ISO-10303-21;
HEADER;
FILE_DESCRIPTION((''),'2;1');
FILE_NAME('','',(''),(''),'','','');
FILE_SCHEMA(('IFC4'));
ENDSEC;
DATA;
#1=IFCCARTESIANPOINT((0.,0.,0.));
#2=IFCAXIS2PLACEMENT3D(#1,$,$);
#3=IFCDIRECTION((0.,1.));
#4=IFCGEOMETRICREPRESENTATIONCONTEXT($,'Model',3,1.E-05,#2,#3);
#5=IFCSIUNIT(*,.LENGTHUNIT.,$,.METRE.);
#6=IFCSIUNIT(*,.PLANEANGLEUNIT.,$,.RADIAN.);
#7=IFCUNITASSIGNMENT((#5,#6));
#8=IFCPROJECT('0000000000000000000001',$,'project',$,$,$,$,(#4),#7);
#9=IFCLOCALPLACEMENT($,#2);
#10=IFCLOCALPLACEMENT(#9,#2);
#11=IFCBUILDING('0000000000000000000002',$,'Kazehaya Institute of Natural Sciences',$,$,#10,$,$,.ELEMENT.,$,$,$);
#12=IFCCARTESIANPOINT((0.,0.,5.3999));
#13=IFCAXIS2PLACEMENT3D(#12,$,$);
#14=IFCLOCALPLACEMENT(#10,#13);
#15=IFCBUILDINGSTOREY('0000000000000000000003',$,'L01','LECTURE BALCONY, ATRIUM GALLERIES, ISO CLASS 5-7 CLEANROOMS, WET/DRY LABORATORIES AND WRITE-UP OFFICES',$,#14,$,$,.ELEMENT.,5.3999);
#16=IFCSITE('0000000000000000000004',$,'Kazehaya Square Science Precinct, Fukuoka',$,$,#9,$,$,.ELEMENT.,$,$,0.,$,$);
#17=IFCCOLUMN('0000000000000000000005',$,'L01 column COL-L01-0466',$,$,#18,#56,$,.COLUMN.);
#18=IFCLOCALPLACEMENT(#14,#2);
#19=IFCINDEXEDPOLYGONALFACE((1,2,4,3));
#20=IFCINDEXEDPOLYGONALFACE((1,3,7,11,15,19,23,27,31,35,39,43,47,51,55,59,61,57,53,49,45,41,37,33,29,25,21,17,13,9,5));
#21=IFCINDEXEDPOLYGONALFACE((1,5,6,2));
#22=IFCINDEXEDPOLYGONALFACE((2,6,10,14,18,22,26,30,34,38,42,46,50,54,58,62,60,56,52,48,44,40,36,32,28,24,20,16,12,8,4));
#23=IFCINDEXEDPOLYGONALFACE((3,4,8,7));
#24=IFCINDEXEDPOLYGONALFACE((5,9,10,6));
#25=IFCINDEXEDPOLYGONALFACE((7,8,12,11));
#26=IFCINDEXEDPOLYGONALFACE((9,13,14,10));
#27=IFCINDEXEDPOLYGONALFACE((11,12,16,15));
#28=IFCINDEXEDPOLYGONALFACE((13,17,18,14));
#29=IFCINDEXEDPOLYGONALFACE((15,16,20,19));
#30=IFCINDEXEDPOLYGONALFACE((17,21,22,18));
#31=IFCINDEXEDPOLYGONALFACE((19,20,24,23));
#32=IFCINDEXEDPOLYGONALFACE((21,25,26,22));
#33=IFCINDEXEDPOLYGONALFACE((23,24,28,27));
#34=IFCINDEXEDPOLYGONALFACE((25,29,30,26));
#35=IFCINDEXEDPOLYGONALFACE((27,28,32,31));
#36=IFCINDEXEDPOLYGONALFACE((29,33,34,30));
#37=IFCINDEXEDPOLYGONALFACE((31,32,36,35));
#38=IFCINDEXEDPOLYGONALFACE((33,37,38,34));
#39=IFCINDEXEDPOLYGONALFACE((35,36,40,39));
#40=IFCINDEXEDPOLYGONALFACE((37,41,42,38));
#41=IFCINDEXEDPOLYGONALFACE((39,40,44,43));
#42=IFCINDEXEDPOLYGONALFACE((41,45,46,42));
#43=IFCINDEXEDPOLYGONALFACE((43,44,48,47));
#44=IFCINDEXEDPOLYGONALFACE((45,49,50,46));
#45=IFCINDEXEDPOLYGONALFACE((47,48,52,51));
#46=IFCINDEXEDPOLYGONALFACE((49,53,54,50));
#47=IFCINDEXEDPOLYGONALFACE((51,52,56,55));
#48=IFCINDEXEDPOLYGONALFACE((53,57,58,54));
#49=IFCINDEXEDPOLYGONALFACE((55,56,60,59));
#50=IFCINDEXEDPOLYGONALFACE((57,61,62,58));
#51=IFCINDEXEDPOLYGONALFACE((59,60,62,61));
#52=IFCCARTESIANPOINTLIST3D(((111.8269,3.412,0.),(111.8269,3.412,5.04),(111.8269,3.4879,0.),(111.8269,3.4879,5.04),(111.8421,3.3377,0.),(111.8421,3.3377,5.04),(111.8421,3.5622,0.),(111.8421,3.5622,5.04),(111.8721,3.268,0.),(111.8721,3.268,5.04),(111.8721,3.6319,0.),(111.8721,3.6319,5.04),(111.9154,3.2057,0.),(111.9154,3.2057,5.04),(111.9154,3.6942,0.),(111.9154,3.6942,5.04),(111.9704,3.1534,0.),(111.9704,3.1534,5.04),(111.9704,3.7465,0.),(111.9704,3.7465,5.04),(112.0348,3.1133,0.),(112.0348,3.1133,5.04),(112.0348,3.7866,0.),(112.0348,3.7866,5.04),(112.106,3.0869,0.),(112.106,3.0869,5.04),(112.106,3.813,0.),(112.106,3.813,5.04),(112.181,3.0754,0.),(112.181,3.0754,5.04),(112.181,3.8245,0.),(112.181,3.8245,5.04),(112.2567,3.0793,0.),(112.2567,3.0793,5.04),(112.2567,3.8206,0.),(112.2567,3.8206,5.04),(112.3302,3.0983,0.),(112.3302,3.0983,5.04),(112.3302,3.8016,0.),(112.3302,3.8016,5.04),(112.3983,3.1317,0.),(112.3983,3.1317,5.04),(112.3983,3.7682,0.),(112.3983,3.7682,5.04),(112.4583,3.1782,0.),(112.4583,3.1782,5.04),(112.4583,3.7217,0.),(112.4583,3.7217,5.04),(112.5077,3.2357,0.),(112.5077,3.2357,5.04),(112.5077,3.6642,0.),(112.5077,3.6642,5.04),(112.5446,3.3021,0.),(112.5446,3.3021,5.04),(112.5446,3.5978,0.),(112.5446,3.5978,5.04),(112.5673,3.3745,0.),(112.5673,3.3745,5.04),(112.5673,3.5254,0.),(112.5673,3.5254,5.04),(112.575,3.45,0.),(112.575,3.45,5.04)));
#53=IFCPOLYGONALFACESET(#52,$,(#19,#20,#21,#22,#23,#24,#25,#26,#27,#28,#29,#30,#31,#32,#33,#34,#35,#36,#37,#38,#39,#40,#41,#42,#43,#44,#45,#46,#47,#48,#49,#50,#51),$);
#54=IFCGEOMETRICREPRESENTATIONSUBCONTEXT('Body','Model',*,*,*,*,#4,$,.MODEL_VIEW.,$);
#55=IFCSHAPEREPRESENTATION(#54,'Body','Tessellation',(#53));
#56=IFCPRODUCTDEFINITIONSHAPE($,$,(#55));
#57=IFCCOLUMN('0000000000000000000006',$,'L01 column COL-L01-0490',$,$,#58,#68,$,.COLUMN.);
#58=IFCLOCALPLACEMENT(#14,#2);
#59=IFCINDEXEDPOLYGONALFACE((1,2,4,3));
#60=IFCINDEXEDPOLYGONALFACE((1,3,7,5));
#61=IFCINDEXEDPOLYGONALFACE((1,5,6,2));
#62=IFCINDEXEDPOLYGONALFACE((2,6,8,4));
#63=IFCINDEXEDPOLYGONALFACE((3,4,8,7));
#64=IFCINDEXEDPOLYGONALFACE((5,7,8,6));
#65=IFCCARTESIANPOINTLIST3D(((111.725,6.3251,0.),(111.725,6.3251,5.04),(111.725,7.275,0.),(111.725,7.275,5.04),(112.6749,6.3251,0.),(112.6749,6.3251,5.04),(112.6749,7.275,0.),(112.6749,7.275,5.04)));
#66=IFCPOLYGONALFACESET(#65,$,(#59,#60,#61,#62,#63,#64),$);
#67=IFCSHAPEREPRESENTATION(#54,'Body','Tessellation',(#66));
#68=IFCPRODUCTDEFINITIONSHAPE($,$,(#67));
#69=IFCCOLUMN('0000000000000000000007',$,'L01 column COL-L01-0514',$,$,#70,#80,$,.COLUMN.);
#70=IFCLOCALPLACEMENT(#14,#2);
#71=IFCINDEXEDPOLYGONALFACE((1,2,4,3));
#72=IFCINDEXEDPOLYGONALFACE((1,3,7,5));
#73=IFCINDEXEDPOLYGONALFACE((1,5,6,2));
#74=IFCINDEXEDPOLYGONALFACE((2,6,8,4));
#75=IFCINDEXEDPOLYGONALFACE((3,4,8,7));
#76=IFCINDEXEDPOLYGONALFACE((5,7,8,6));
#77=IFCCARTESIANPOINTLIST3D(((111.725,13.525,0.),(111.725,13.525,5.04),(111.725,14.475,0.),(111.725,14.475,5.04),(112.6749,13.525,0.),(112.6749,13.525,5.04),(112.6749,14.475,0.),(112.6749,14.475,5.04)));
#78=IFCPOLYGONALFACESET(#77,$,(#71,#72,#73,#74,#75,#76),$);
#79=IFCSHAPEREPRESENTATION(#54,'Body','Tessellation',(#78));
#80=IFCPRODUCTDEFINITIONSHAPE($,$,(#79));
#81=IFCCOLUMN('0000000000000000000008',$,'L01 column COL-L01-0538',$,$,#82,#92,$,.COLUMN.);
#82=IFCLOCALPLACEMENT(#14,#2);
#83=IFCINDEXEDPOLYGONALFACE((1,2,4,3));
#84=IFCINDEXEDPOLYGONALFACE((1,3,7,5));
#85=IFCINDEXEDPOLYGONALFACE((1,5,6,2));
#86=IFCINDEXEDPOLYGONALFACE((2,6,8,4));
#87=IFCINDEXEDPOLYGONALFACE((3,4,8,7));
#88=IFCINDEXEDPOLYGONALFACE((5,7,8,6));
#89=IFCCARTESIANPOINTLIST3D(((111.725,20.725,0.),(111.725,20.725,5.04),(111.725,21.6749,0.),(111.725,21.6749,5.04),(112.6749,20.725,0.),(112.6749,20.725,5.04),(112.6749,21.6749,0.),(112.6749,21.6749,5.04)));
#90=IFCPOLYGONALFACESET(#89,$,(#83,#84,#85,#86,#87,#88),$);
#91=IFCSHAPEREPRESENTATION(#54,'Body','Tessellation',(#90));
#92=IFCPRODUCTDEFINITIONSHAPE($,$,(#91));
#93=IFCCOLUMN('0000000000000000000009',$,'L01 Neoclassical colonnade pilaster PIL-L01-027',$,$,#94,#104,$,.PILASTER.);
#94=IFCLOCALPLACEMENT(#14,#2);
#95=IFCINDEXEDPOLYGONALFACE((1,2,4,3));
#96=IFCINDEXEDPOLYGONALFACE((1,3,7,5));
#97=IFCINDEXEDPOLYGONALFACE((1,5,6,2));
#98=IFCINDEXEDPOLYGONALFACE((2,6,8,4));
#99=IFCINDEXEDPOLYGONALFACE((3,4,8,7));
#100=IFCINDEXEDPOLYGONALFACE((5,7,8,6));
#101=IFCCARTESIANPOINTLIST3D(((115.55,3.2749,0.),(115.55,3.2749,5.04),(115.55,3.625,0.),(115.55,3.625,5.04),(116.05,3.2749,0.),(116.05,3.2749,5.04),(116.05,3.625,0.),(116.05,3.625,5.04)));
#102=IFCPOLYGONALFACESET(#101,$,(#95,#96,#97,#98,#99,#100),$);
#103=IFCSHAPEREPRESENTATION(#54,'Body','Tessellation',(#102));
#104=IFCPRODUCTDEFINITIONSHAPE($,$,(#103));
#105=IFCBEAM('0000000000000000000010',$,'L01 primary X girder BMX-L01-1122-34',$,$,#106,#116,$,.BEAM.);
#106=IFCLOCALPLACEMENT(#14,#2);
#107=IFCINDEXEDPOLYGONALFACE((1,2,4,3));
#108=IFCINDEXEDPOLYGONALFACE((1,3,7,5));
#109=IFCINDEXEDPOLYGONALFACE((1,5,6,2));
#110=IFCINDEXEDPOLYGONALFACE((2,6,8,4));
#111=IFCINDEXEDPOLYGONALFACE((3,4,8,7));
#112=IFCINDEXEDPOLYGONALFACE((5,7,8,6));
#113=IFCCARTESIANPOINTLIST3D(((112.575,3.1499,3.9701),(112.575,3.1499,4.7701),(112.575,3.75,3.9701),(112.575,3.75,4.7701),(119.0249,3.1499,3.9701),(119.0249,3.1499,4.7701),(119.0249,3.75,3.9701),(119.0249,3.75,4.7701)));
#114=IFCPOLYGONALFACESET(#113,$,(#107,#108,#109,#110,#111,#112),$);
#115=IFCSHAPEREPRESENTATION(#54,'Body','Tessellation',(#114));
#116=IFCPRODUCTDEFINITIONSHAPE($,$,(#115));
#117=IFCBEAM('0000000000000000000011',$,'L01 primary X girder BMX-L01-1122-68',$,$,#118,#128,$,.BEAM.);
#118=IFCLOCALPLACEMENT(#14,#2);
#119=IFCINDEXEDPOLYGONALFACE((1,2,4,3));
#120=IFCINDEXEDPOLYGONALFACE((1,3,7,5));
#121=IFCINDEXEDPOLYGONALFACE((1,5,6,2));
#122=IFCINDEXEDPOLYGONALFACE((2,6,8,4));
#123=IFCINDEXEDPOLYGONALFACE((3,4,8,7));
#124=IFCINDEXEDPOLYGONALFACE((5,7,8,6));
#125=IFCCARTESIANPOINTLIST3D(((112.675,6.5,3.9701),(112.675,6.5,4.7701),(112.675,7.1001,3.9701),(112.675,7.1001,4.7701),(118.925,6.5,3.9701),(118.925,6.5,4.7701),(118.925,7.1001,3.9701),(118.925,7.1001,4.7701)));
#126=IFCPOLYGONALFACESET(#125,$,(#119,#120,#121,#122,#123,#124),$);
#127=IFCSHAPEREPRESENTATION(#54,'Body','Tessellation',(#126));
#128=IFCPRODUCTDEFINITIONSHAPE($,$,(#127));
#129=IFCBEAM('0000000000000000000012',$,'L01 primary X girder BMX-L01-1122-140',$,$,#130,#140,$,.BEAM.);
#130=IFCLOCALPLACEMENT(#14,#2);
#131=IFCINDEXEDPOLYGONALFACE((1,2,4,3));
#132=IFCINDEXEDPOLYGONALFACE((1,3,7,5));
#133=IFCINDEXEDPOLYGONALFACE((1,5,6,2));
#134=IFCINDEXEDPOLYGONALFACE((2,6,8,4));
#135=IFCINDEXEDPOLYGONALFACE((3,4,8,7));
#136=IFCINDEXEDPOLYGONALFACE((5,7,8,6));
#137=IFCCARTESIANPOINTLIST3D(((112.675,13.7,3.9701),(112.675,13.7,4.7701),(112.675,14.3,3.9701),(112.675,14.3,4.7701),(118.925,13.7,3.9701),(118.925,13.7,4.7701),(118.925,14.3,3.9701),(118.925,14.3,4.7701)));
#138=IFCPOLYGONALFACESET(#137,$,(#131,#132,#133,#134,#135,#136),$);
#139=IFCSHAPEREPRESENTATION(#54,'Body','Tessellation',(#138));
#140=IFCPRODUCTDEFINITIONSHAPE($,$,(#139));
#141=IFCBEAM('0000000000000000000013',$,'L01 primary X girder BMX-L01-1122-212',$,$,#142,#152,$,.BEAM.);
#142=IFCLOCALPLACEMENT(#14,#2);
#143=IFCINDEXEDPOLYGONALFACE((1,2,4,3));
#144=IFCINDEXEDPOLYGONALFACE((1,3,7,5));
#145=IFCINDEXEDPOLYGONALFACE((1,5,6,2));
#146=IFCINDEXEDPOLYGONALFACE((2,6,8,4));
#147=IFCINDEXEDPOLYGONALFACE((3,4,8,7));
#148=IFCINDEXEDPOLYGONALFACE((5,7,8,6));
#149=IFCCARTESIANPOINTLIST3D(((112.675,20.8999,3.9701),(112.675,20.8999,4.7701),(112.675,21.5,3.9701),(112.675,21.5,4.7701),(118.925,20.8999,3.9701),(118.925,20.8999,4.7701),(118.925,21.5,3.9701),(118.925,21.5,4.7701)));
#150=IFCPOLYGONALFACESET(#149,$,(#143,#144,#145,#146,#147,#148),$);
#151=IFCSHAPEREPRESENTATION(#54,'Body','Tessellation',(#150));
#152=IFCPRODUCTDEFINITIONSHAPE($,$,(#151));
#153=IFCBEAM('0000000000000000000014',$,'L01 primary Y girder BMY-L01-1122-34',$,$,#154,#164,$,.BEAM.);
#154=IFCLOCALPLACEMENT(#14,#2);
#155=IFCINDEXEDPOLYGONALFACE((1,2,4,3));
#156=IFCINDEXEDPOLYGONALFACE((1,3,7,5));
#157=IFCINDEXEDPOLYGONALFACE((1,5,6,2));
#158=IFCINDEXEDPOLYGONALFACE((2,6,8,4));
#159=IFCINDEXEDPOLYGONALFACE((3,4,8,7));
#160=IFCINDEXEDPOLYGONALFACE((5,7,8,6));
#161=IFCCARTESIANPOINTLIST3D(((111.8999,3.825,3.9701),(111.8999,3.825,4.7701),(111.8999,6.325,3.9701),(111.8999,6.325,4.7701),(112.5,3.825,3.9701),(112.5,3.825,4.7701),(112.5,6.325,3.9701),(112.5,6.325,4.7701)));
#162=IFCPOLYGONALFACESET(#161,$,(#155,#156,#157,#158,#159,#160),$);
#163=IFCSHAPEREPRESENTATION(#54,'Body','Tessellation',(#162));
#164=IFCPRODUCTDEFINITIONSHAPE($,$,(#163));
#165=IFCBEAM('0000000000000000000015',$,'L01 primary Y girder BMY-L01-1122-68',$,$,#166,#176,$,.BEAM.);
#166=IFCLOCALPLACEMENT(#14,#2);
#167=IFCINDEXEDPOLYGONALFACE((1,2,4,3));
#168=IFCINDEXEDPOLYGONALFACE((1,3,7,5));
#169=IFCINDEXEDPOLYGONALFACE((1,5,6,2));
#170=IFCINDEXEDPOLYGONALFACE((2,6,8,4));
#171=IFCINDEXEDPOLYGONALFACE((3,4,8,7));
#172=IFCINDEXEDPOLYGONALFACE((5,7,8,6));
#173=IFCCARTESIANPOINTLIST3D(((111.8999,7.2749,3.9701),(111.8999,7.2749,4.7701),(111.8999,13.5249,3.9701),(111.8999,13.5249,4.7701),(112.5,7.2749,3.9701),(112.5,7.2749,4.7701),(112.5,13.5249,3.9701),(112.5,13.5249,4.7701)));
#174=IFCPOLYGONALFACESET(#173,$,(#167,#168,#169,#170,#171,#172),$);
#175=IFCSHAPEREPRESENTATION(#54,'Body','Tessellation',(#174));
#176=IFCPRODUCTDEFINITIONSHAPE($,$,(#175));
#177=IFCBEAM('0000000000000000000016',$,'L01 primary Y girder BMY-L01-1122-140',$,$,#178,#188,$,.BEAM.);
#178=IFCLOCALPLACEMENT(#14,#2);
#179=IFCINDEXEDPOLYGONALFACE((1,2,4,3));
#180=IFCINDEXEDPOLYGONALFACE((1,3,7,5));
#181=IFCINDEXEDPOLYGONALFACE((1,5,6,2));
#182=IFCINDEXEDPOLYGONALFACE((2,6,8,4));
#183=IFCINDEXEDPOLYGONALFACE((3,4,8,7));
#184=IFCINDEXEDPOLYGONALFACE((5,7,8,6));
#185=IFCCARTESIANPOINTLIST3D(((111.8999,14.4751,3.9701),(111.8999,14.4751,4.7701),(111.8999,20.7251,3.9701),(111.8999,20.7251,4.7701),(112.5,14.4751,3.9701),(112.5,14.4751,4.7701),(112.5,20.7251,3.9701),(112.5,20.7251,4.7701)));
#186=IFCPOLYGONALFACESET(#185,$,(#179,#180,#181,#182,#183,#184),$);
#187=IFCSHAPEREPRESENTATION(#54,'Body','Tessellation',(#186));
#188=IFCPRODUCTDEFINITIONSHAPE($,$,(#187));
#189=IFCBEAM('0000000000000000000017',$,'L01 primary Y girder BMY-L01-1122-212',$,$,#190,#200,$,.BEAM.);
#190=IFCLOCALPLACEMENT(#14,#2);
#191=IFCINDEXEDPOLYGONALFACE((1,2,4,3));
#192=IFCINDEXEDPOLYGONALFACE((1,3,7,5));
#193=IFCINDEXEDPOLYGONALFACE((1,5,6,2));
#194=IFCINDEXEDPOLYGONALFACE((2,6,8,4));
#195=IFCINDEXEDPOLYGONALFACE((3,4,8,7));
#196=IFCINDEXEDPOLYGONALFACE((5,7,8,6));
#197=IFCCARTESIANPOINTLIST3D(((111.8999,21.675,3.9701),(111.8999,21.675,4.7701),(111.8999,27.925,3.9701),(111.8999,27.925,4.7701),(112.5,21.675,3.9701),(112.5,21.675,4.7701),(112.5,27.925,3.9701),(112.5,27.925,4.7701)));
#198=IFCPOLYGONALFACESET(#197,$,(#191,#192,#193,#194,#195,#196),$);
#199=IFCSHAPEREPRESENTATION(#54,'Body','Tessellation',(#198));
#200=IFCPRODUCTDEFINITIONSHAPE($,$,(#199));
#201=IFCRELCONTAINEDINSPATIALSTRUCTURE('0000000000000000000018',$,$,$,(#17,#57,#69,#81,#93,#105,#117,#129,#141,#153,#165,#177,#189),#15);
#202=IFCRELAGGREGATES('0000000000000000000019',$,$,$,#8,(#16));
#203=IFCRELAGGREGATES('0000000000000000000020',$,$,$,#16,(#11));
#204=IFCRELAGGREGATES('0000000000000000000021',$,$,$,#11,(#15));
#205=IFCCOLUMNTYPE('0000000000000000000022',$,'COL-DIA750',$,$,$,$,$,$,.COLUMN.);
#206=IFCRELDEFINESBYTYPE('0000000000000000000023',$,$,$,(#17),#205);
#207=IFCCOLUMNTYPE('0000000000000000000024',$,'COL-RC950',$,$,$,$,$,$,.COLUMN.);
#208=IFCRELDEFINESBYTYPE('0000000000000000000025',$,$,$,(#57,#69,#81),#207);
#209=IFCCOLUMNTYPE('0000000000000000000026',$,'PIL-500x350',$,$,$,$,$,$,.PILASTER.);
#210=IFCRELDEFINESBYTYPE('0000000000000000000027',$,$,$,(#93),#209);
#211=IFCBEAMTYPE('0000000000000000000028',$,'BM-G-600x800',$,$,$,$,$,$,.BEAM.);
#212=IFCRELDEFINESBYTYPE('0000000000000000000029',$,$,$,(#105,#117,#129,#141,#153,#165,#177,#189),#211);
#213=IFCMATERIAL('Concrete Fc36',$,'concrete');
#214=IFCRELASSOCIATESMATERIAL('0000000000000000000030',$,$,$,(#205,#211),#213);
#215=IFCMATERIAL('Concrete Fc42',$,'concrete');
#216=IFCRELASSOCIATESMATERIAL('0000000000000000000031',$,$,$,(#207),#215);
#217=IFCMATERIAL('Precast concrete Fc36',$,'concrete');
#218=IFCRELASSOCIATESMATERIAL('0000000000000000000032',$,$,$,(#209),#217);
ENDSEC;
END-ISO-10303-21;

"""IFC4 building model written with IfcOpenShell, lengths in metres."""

from ifc_helpers import new_model, si_unit, direction, frame, origin, origin_2d, place, context, subcontext, project, spatial, rectangle, circle, extrude, material, material_profile, profile_set, type_object, element, save


model = new_model("IFC4")

# Units and contexts
model_context = context("Model", 3, precision=1e-05, world=origin(), true_north=direction((0.0, 1.0)))
body_context = subcontext(model_context, "Body", "Model", "MODEL_VIEW")
ifc_project = project(units=[si_unit("LENGTHUNIT", "METRE"), si_unit("PLANEANGLEUNIT", "RADIAN")], contexts=[model_context])

# Site, building, storey
site_placement = place(None, origin())
site = spatial("IfcSite", under=ifc_project, at=site_placement, Name="Kazehaya Square Science Precinct, Fukuoka", CompositionType="ELEMENT", RefElevation=0.0)
building_placement = place(site_placement, origin())
building = spatial("IfcBuilding", under=site, at=building_placement, Name="Kazehaya Institute of Natural Sciences", CompositionType="ELEMENT")
storey_placement = place(building_placement, frame((0.0, 0.0, 5.3999)))
storey = spatial("IfcBuildingStorey", under=building, at=storey_placement, Name="L01", Description="LECTURE BALCONY, ATRIUM GALLERIES, ISO CLASS 5-7 CLEANROOMS, WET/DRY LABORATORIES AND WRITE-UP OFFICES", CompositionType="ELEMENT", Elevation=5.3999)

# Columns
ifc_material_1 = material(Name="Concrete Fc36", Category="concrete")
ifc_material_profile_1 = material_profile(ifc_material_1, circle(Radius=0.375, at=origin_2d()), Name="RC-DIA750")
ifc_profile_set_1 = profile_set([ifc_material_profile_1], Name="Concrete Fc36")
column_type_1 = type_object("IfcColumnType", Name="COL-DIA750", PredefinedType="COLUMN", material=ifc_profile_set_1)
column_1_placement = place(storey_placement, frame((112.2, 3.45, 0.0), z_axis=(0.0, 0.0, 1.0), x_axis=(1.0, 0.0, 0.0)))
element("IfcColumn", 1, at=column_1_placement, inside=storey, type_object=column_type_1, Name="L01 column COL-L01-0466", PredefinedType="COLUMN", context=body_context, shape_type="SweptSolid", body=[
    extrude(circle(Radius=0.375, at=origin_2d()), origin(), (0.0, 0.0, 1.0), 5.04),
])
ifc_material_2 = material(Name="Concrete Fc42", Category="concrete")
ifc_material_profile_2 = material_profile(ifc_material_2, rectangle(XDim=0.95, YDim=0.95, at=origin_2d()), Name="RC-950x950")
ifc_profile_set_2 = profile_set([ifc_material_profile_2], Name="Concrete Fc42")
column_type_2 = type_object("IfcColumnType", Name="COL-RC950", PredefinedType="COLUMN", material=ifc_profile_set_2)
for number, where, z_axis, x_axis, name in (
    (2, (112.2, 6.8, 0.0), (0.0, 0.0, 1.0), (1.0, 0.0, 0.0), "L01 column COL-L01-0490"),
    (3, (112.2, 14.0, 0.0), (0.0, 0.0, 1.0), (1.0, 0.0, 0.0), "L01 column COL-L01-0514"),
    (4, (112.2, 21.2, 0.0), (0.0, 0.0, 1.0), (1.0, 0.0, 0.0), "L01 column COL-L01-0538"),
):
    element("IfcColumn", number, at=place(storey_placement, frame(where, z_axis=z_axis, x_axis=x_axis)), inside=storey, type_object=column_type_2, Name=name, PredefinedType="COLUMN", context=body_context, shape_type="SweptSolid", body=[
        extrude(rectangle(XDim=0.95, YDim=0.95, at=origin_2d()), origin(), (0.0, 0.0, 1.0), 5.04),
    ])
ifc_material_3 = material(Name="Precast concrete Fc36", Category="concrete")
ifc_material_profile_3 = material_profile(ifc_material_3, rectangle(XDim=0.5, YDim=0.3501, at=origin_2d()), Name="RC-PIL-500x350")
ifc_profile_set_3 = profile_set([ifc_material_profile_3], Name="Precast concrete Fc36")
column_type_3 = type_object("IfcColumnType", Name="PIL-500x350", PredefinedType="PILASTER", material=ifc_profile_set_3)
column_2_placement = place(storey_placement, frame((115.8, 3.45, 0.0), z_axis=(0.0, 0.0, 1.0), x_axis=(1.0, 0.0, 0.0)))
element("IfcColumn", 5, at=column_2_placement, inside=storey, type_object=column_type_3, Name="L01 Neoclassical colonnade pilaster PIL-L01-027", PredefinedType="PILASTER", context=body_context, shape_type="SweptSolid", body=[
    extrude(rectangle(XDim=0.5, YDim=0.3501, at=origin_2d()), origin(), (0.0, 0.0, 1.0), 5.04),
])

# Beams
ifc_material_profile_4 = material_profile(ifc_material_1, rectangle(XDim=0.6001, YDim=0.8, at=origin_2d()), Name="RC-600x800")
ifc_profile_set_4 = profile_set([ifc_material_profile_4], Name="Concrete Fc36")
beam_type = type_object("IfcBeamType", Name="BM-G-600x800", PredefinedType="BEAM", material=ifc_profile_set_4)
beam_1_placement = place(storey_placement, frame((112.575, 3.45, 4.3701), z_axis=(1.0, 0.0, 0.0), x_axis=(0.0, 1.0, 0.0)))
element("IfcBeam", 6, at=beam_1_placement, inside=storey, type_object=beam_type, Name="L01 primary X girder BMX-L01-1122-34", PredefinedType="BEAM", context=body_context, shape_type="SweptSolid", body=[
    extrude(rectangle(XDim=0.6001, YDim=0.8, at=origin_2d()), origin(), (0.0, 0.0, 1.0), 6.45),
])
for number, where, z_axis, x_axis, name in (
    (7, (112.675, 6.8, 4.3701), (1.0, 0.0, 0.0), (0.0, 1.0, 0.0), "L01 primary X girder BMX-L01-1122-68"),
    (8, (112.675, 14.0, 4.3701), (1.0, 0.0, 0.0), (0.0, 1.0, 0.0), "L01 primary X girder BMX-L01-1122-140"),
    (9, (112.675, 21.2, 4.3701), (1.0, 0.0, 0.0), (0.0, 1.0, 0.0), "L01 primary X girder BMX-L01-1122-212"),
):
    element("IfcBeam", number, at=place(storey_placement, frame(where, z_axis=z_axis, x_axis=x_axis)), inside=storey, type_object=beam_type, Name=name, PredefinedType="BEAM", context=body_context, shape_type="SweptSolid", body=[
        extrude(rectangle(XDim=0.6001, YDim=0.8, at=origin_2d()), origin(), (0.0, 0.0, 1.0), 6.25),
    ])
beam_2_placement = place(storey_placement, frame((112.2, 3.825, 4.3701), z_axis=(0.0, 1.0, 0.0), x_axis=(-1.0, 0.0, 0.0)))
element("IfcBeam", 10, at=beam_2_placement, inside=storey, type_object=beam_type, Name="L01 primary Y girder BMY-L01-1122-34", PredefinedType="BEAM", context=body_context, shape_type="SweptSolid", body=[
    extrude(rectangle(XDim=0.6001, YDim=0.8, at=origin_2d()), origin(), (0.0, 0.0, 1.0), 2.5),
])
for number, where, z_axis, x_axis, name in (
    (11, (112.2, 7.2749, 4.3701), (0.0, 1.0, 0.0), (-1.0, 0.0, 0.0), "L01 primary Y girder BMY-L01-1122-68"),
    (12, (112.2, 14.4751, 4.3701), (0.0, 1.0, 0.0), (-1.0, 0.0, 0.0), "L01 primary Y girder BMY-L01-1122-140"),
    (13, (112.2, 21.675, 4.3701), (0.0, 1.0, 0.0), (-1.0, 0.0, 0.0), "L01 primary Y girder BMY-L01-1122-212"),
):
    element("IfcBeam", number, at=place(storey_placement, frame(where, z_axis=z_axis, x_axis=x_axis)), inside=storey, type_object=beam_type, Name=name, PredefinedType="BEAM", context=body_context, shape_type="SweptSolid", body=[
        extrude(rectangle(XDim=0.6001, YDim=0.8, at=origin_2d()), origin(), (0.0, 0.0, 1.0), 6.25),
    ])

save(model, "model.ifc")
